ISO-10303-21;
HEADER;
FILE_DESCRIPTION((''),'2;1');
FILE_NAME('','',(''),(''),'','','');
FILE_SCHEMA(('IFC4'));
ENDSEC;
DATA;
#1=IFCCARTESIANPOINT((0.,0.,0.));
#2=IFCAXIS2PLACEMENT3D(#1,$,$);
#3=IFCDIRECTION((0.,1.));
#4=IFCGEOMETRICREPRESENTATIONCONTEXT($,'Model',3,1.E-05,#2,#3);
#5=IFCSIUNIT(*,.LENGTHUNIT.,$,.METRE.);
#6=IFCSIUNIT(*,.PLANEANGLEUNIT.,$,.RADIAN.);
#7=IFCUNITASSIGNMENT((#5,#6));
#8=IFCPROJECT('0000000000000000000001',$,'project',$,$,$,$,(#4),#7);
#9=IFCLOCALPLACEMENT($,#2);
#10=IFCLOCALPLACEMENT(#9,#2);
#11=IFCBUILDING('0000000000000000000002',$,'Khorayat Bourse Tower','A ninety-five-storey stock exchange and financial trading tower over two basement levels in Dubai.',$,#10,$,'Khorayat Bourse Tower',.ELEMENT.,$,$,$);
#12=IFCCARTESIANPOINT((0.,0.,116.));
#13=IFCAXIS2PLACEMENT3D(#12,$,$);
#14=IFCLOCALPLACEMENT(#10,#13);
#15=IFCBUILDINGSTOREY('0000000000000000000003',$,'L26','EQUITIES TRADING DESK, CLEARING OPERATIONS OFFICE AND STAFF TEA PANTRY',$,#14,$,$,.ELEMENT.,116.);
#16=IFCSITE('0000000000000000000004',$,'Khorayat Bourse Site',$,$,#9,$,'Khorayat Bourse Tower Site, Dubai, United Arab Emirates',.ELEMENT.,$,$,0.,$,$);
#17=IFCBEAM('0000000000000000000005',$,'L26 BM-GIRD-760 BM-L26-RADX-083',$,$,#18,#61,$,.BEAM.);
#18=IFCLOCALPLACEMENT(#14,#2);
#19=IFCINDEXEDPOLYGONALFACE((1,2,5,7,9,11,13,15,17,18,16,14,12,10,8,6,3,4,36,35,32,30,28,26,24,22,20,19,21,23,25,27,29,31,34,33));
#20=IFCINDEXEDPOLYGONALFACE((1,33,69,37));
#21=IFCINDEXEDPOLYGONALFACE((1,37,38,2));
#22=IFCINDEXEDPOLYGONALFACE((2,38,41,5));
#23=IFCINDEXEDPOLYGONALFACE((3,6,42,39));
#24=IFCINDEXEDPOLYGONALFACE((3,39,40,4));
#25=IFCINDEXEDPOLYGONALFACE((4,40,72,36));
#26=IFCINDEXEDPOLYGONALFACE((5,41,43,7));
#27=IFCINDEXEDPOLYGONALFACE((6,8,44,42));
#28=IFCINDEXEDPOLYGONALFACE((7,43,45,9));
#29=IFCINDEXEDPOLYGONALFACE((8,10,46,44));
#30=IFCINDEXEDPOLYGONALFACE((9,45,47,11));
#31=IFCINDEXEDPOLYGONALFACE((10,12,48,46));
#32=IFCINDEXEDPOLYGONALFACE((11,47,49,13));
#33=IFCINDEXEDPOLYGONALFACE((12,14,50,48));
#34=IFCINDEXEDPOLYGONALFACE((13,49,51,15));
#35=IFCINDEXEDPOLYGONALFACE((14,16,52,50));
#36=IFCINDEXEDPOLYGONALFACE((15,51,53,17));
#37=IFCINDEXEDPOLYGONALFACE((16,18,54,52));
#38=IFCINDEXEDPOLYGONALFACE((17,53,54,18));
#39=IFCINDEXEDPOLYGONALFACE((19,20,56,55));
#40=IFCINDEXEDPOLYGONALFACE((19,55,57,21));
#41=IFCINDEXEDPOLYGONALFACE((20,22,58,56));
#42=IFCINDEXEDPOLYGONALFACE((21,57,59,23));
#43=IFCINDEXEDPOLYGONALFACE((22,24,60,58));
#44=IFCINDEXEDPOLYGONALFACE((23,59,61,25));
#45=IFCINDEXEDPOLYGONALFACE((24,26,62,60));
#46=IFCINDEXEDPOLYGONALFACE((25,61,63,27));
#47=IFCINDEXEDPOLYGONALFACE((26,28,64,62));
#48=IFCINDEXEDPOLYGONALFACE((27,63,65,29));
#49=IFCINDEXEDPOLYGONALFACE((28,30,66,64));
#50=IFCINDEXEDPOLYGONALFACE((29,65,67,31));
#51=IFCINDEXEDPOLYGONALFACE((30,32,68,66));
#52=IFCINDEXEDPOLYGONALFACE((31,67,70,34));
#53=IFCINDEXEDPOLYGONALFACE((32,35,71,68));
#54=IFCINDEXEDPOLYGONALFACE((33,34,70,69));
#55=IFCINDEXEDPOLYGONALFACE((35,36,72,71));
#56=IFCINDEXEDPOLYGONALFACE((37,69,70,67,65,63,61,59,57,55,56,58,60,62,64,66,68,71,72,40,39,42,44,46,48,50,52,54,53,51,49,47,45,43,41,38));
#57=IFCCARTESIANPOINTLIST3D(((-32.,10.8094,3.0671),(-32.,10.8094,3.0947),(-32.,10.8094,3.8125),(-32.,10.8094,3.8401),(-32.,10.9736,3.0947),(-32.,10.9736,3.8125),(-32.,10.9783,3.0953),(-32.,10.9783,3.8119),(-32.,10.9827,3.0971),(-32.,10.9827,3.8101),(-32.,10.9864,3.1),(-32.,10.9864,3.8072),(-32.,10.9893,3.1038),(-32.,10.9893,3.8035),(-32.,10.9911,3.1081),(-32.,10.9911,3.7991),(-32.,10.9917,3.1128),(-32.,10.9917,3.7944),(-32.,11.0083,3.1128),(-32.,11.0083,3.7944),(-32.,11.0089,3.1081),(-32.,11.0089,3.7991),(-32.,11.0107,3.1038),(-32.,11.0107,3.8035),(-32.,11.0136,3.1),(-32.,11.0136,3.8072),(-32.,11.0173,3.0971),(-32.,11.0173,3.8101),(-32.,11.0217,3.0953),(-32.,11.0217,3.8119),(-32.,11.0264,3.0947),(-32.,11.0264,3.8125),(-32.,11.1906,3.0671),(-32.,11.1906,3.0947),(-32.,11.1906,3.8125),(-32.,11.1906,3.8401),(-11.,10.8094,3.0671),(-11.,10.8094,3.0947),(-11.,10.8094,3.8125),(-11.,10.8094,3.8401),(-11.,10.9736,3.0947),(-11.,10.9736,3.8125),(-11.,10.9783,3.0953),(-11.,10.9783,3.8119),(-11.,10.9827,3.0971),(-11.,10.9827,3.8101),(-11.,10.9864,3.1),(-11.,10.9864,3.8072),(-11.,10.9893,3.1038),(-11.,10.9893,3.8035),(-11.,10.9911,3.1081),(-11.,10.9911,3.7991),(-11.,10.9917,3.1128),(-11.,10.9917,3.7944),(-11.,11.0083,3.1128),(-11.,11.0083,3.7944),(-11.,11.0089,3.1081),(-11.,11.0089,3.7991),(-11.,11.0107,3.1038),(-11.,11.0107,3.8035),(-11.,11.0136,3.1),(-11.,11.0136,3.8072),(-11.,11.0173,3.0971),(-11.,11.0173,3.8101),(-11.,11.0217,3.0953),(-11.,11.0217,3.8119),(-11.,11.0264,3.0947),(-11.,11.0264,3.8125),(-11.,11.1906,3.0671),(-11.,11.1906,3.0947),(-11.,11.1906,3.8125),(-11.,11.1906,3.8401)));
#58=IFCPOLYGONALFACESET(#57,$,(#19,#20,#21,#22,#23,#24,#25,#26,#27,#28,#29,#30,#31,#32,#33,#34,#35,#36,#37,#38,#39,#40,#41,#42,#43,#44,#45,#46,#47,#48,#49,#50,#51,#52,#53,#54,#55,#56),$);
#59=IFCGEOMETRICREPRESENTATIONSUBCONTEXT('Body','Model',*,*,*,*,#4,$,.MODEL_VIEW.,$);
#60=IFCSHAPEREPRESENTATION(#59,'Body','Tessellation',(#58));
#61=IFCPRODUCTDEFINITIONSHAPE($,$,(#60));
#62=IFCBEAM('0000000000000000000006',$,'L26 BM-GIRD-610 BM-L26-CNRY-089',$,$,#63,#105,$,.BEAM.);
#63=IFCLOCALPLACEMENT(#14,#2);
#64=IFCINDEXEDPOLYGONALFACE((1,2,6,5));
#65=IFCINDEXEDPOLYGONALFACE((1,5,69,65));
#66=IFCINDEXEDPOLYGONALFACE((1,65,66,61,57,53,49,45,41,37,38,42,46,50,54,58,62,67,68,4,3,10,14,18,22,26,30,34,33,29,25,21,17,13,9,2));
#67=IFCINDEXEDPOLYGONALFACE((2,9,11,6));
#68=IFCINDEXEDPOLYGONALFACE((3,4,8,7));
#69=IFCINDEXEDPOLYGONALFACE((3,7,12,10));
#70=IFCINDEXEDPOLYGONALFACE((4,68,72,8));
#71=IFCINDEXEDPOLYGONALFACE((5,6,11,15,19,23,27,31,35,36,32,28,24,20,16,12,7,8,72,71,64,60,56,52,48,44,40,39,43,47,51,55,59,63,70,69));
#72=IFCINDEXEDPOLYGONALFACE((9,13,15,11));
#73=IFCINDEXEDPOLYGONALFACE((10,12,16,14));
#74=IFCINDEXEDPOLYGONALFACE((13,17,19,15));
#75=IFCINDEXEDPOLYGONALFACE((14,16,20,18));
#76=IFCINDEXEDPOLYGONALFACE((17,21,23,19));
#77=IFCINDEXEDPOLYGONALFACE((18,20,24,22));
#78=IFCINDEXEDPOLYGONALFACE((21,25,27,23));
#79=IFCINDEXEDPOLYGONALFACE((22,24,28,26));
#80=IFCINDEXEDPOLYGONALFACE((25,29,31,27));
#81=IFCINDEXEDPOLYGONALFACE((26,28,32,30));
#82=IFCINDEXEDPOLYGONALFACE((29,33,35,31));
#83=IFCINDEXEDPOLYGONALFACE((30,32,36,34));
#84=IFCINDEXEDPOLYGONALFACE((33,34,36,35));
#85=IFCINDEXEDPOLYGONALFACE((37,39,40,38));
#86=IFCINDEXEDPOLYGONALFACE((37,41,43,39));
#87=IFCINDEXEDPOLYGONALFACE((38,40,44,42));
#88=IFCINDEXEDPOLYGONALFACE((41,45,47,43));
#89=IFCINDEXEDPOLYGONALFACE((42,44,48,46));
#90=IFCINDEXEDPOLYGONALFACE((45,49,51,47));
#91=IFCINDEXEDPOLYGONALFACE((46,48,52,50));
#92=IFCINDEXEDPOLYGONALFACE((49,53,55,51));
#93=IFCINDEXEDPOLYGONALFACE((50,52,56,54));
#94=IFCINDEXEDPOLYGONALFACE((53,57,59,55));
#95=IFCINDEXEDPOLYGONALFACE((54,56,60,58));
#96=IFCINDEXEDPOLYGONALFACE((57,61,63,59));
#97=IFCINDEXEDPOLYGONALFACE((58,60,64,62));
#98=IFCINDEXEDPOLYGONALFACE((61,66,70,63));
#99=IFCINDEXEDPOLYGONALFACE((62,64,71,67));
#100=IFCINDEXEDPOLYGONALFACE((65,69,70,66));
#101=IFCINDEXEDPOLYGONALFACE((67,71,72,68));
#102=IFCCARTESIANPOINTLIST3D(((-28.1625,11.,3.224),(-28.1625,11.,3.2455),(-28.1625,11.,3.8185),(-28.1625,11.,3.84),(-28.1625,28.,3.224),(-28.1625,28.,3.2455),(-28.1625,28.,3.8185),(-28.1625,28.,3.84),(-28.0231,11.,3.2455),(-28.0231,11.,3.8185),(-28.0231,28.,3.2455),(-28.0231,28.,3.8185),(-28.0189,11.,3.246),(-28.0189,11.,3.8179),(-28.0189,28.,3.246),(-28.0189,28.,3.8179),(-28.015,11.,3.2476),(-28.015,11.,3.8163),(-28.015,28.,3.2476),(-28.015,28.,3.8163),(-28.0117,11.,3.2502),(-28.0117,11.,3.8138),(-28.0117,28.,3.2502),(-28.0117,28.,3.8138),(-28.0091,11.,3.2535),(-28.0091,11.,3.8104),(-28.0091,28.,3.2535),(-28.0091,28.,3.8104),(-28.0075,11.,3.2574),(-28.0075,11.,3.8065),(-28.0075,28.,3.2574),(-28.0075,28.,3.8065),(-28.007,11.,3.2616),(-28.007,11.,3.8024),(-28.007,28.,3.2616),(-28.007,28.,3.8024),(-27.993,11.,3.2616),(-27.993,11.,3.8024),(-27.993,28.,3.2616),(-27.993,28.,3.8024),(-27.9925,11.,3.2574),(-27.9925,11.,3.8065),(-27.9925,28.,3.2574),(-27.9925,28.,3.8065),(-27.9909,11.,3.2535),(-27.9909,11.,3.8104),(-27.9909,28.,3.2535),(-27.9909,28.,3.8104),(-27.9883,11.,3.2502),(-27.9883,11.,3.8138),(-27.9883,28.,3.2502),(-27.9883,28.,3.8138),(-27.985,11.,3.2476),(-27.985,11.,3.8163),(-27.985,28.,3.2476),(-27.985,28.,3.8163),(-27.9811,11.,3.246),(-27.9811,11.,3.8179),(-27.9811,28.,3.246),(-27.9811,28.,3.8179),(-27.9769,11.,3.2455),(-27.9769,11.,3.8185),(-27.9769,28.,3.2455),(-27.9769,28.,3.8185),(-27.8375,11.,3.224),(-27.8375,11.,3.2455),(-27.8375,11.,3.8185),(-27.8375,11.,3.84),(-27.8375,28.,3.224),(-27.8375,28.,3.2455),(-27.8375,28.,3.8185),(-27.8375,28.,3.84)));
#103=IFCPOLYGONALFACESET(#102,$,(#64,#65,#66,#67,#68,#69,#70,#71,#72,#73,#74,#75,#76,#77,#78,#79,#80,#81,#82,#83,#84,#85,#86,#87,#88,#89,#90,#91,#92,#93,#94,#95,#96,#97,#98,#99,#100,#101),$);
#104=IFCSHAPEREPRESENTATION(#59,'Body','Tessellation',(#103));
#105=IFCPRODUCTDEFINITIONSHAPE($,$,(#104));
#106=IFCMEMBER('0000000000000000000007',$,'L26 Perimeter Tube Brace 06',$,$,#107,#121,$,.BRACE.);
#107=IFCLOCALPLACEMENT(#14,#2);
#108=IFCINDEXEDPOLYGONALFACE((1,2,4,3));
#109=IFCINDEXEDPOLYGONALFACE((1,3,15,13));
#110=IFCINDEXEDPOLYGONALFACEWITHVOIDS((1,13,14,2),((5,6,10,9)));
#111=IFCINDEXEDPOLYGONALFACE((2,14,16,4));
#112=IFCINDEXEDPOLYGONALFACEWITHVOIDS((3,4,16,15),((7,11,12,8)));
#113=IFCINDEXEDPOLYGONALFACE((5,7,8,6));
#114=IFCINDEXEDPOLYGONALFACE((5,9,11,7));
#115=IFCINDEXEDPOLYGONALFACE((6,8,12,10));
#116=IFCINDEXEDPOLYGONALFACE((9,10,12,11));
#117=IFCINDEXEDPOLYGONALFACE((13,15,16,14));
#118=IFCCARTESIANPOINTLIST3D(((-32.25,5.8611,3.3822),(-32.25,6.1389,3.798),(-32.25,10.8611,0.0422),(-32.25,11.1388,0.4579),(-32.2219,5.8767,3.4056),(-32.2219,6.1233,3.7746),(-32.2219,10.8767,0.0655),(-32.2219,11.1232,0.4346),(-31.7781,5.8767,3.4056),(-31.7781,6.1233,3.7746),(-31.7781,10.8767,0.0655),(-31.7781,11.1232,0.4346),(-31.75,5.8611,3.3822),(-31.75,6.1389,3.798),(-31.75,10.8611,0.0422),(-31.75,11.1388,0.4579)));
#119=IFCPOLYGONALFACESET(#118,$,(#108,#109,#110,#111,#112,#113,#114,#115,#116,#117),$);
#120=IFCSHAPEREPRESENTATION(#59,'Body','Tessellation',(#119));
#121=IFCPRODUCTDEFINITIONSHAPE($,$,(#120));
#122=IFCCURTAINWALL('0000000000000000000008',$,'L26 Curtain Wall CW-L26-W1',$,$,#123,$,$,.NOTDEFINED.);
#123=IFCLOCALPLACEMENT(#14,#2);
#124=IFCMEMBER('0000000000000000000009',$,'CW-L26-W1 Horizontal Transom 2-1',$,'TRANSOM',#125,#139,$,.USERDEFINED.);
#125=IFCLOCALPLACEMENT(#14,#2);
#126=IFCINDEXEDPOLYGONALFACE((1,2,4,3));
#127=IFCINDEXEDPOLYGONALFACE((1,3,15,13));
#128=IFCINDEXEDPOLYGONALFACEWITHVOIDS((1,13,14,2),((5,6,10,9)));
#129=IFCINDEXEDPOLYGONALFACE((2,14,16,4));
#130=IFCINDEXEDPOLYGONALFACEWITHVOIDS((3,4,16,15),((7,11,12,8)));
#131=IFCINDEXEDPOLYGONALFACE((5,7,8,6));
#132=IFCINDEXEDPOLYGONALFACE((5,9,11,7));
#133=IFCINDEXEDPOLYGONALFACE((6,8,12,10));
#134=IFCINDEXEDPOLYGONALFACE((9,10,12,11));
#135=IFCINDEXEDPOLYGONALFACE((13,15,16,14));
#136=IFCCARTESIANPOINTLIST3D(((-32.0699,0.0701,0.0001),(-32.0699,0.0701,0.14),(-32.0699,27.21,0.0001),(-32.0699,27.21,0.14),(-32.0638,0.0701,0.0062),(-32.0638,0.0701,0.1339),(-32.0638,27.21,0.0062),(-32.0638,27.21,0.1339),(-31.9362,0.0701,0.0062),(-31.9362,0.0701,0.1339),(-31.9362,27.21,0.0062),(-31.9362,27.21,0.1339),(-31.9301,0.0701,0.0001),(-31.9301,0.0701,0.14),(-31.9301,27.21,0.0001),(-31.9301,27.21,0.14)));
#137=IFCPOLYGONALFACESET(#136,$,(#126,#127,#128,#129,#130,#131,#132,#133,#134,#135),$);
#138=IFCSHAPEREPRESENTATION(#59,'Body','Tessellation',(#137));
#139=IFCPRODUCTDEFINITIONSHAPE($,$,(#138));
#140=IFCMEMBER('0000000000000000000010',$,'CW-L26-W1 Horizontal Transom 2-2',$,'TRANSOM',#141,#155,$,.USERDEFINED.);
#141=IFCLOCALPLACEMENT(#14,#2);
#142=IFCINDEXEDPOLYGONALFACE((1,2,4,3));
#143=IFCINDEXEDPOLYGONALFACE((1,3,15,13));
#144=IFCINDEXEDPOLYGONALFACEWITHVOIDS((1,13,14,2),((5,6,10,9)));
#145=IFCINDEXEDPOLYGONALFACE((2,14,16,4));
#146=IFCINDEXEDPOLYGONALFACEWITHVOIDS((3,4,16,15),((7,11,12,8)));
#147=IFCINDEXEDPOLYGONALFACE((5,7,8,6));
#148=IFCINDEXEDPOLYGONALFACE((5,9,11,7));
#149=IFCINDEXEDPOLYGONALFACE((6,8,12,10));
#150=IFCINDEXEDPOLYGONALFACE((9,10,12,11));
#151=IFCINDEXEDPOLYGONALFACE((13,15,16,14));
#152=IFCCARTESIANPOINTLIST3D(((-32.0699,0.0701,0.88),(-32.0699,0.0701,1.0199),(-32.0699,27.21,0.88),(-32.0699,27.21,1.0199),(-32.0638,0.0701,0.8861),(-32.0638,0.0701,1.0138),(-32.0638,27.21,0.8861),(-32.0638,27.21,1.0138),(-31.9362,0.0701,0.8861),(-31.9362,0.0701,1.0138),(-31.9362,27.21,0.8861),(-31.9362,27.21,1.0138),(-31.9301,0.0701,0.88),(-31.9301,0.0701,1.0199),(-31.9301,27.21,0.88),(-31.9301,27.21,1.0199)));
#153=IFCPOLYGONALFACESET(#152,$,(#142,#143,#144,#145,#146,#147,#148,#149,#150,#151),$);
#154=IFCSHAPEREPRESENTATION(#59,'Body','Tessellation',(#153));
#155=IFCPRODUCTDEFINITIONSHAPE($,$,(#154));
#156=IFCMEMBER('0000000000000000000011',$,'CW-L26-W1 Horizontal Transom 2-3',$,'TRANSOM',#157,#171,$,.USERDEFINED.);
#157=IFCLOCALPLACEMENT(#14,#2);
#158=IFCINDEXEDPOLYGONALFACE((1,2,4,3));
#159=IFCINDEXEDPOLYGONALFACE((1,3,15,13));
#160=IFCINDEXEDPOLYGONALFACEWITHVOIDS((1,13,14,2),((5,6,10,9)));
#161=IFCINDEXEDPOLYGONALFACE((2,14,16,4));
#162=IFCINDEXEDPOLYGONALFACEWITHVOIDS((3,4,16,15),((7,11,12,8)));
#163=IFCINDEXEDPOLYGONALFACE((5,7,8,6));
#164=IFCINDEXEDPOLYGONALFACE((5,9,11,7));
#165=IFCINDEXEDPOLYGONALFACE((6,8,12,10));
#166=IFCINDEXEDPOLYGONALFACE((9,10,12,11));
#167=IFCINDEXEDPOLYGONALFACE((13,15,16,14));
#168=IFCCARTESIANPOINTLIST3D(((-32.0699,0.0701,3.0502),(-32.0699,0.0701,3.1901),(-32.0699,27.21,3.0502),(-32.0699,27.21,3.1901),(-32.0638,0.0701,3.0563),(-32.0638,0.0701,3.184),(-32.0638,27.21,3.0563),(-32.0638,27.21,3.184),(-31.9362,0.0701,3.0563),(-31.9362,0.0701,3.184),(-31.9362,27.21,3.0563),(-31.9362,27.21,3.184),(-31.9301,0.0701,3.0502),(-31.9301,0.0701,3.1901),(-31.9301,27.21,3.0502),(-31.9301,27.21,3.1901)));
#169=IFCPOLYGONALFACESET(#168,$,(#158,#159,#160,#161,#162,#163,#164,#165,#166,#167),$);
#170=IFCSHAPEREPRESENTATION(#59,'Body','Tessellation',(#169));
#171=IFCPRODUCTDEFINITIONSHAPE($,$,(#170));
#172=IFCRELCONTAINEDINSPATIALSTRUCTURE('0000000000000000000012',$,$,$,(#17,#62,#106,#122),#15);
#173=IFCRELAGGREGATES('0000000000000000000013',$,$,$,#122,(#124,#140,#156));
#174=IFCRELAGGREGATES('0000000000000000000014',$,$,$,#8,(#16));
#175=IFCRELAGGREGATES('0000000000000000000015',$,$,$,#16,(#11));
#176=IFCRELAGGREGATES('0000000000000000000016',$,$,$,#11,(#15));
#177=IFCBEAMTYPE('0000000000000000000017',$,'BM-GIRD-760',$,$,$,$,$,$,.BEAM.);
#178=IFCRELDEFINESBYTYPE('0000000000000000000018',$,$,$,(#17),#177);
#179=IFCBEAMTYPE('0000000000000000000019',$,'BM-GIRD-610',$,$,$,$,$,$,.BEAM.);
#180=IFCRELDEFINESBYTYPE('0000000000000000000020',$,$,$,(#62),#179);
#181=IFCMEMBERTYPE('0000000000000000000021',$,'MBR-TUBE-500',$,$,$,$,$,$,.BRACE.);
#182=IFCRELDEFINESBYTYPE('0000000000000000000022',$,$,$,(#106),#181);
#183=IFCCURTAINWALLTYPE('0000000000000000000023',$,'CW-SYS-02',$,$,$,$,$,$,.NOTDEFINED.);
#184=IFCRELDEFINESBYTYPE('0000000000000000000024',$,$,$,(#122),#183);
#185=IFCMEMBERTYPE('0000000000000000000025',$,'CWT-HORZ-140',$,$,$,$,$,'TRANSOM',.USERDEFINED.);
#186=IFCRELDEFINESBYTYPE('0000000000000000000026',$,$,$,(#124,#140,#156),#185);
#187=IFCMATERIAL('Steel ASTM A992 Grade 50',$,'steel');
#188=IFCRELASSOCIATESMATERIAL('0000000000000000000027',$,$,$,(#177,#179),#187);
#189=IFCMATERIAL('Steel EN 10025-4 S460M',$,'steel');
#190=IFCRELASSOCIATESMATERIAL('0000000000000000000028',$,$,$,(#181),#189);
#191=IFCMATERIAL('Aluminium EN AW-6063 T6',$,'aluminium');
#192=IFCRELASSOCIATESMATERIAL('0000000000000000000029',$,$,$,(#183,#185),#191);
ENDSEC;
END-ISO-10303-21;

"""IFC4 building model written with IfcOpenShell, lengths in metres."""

from ifc_helpers import new_model, si_unit, direction, frame, origin, origin_2d, place, context, subcontext, project, spatial, hollow_rectangle, i_section, extrude, source, transform, mapped, material, material_profile, profile_set, type_object, element, aggregate, save


model = new_model("IFC4")

# Units and contexts
model_context = context("Model", 3, precision=1e-05, world=origin(), true_north=direction((0.0, 1.0)))
body_context = subcontext(model_context, "Body", "Model", "MODEL_VIEW")
ifc_project = project(units=[si_unit("LENGTHUNIT", "METRE"), si_unit("PLANEANGLEUNIT", "RADIAN")], contexts=[model_context])

# Site, building, storey
site_placement = place(None, origin())
site = spatial("IfcSite", under=ifc_project, at=site_placement, Name="Khorayat Bourse Site", LongName="Khorayat Bourse Tower Site, Dubai, United Arab Emirates", CompositionType="ELEMENT", RefElevation=0.0)
building_placement = place(site_placement, origin())
building = spatial("IfcBuilding", under=site, at=building_placement, Name="Khorayat Bourse Tower", Description="A ninety-five-storey stock exchange and financial trading tower over two basement levels in Dubai.", LongName="Khorayat Bourse Tower", CompositionType="ELEMENT")
storey_placement = place(building_placement, frame((0.0, 0.0, 116.0)))
storey = spatial("IfcBuildingStorey", under=building, at=storey_placement, Name="L26", Description="EQUITIES TRADING DESK, CLEARING OPERATIONS OFFICE AND STAFF TEA PANTRY", CompositionType="ELEMENT", Elevation=116.0)

# Shared definitions
ifc_material_1 = material(Name="Steel EN 10025-4 S460M", Category="steel")

# Beams
ifc_material_2 = material(Name="Steel ASTM A992 Grade 50", Category="steel")
ifc_material_profile_1 = material_profile(ifc_material_2, i_section(OverallWidth=0.3811, OverallDepth=0.7729, WebThickness=0.0166, FlangeThickness=0.0276, FilletRadius=0.0181, at=origin_2d()), Name="W760X257")
ifc_profile_set_1 = profile_set([ifc_material_profile_1], Name="Steel ASTM A992 Grade 50")
beam_type_1 = type_object("IfcBeamType", Name="BM-GIRD-760", PredefinedType="BEAM", material=ifc_profile_set_1)
shared_shape_1 = source(origin(), body_context, "Body", "SweptSolid", [
    extrude(i_section(OverallWidth=0.3811, OverallDepth=0.7729, WebThickness=0.0166, FlangeThickness=0.0276, FilletRadius=0.0181, at=origin_2d()), origin(), (0.0, 0.0, 1.0), 21.0),
])
for number, where, z_axis, x_axis, name in (
    (1, (-32.0, 11.0, 3.4536), (1.0, 0.0, 0.0), (0.0, 1.0, 0.0), "L26 BM-GIRD-760 BM-L26-RADX-083"),
):
    element("IfcBeam", number, at=place(storey_placement, frame(where, z_axis=z_axis, x_axis=x_axis)), inside=storey, type_object=beam_type_1, Name=name, PredefinedType="BEAM", context=body_context, shape_type="MappedRepresentation", body=[
        mapped(shared_shape_1, transform((0.0, 0.0, 0.0), scale=1.0)),
    ])
ifc_material_profile_2 = material_profile(ifc_material_2, i_section(OverallWidth=0.325, OverallDepth=0.616, WebThickness=0.0139, FlangeThickness=0.0215, FilletRadius=0.0161, at=origin_2d()), Name="W610X174")
ifc_profile_set_2 = profile_set([ifc_material_profile_2], Name="Steel ASTM A992 Grade 50")
beam_type_2 = type_object("IfcBeamType", Name="BM-GIRD-610", PredefinedType="BEAM", material=ifc_profile_set_2)
shared_shape_2 = source(origin(), body_context, "Body", "SweptSolid", [
    extrude(i_section(OverallWidth=0.325, OverallDepth=0.616, WebThickness=0.0139, FlangeThickness=0.0215, FilletRadius=0.0161, at=origin_2d()), origin(), (0.0, 0.0, 1.0), 17.0),
])
beam_1_placement = place(storey_placement, frame((-28.0, 11.0, 3.532), z_axis=(0.0, 1.0, 0.0), x_axis=(-1.0, 0.0, 0.0)))
element("IfcBeam", 2, at=beam_1_placement, inside=storey, type_object=beam_type_2, Name="L26 BM-GIRD-610 BM-L26-CNRY-089", PredefinedType="BEAM", context=body_context, shape_type="MappedRepresentation", body=[
    mapped(shared_shape_2, transform((0.0, 0.0, 0.0), scale=1.0)),
])

# Member
ifc_material_profile_3 = material_profile(ifc_material_1, hollow_rectangle(XDim=0.5, YDim=0.5, WallThickness=0.0281, at=origin_2d()), Name="HSS 500x500x28")
ifc_profile_set_3 = profile_set([ifc_material_profile_3], Name="Steel EN 10025-4 S460M")
member_type_1 = type_object("IfcMemberType", Name="MBR-TUBE-500", PredefinedType="BRACE", material=ifc_profile_set_3)
shared_shape_3 = source(origin(), body_context, "Body", "SweptSolid", [
    extrude(hollow_rectangle(XDim=0.5, YDim=0.5, WallThickness=0.0281, at=origin_2d()), origin(), (0.0, 0.0, 1.0), 6.0129),
])
member_1_placement = place(storey_placement, frame((-32.0, 6.0, 3.5901), z_axis=(0.0, 0.831531, -0.555478), x_axis=(-1.0, 0.0, 0.0)))
element("IfcMember", 3, at=member_1_placement, inside=storey, type_object=member_type_1, Name="L26 Perimeter Tube Brace 06", PredefinedType="BRACE", context=body_context, shape_type="MappedRepresentation", body=[
    mapped(shared_shape_3, transform((0.0, 0.0, 0.0), scale=1.0)),
])

# Curtain wall, members
ifc_material_3 = material(Name="Aluminium EN AW-6063 T6", Category="aluminium")
curtain_wall_type = type_object("IfcCurtainWallType", Name="CW-SYS-02", PredefinedType="NOTDEFINED", material=ifc_material_3)
curtain_wall_placement = place(storey_placement, origin())
curtain_wall = element("IfcCurtainWall", 4, at=curtain_wall_placement, inside=storey, type_object=curtain_wall_type, Name="L26 Curtain Wall CW-L26-W1", PredefinedType="NOTDEFINED")
ifc_material_profile_4 = material_profile(ifc_material_3, hollow_rectangle(XDim=0.1399, YDim=0.1399, WallThickness=0.0061, at=origin_2d()), Name="ALU 140x140x6")
ifc_profile_set_4 = profile_set([ifc_material_profile_4], Name="Aluminium EN AW-6063 T6")
member_type_2 = type_object("IfcMemberType", Name="CWT-HORZ-140", ElementType="TRANSOM", PredefinedType="USERDEFINED", material=ifc_profile_set_4)
shared_shape_4 = source(origin(), body_context, "Body", "SweptSolid", [
    extrude(hollow_rectangle(XDim=0.1399, YDim=0.1399, WallThickness=0.0061, at=origin_2d()), origin(), (0.0, 0.0, 1.0), 27.1399),
])
member_2_placement = place(storey_placement, frame((-32.0, 0.0701, 0.0701), z_axis=(0.0, 1.0, 0.0), x_axis=(-1.0, 0.0, 0.0)))
member_2 = element("IfcMember", 5, at=member_2_placement, type_object=member_type_2, Name="CW-L26-W1 Horizontal Transom 2-1", ObjectType="TRANSOM", PredefinedType="USERDEFINED", context=body_context, shape_type="MappedRepresentation", body=[
    mapped(shared_shape_4, transform((0.0, 0.0, 0.0), scale=1.0)),
])
member_3_placement = place(storey_placement, frame((-32.0, 0.0701, 0.95), z_axis=(0.0, 1.0, 0.0), x_axis=(-1.0, 0.0, 0.0)))
member_3 = element("IfcMember", 6, at=member_3_placement, type_object=member_type_2, Name="CW-L26-W1 Horizontal Transom 2-2", ObjectType="TRANSOM", PredefinedType="USERDEFINED", context=body_context, shape_type="MappedRepresentation", body=[
    mapped(shared_shape_4, transform((0.0, 0.0, 0.0), scale=1.0)),
])
member_4_placement = place(storey_placement, frame((-32.0, 0.0701, 3.1201), z_axis=(0.0, 1.0, 0.0), x_axis=(-1.0, 0.0, 0.0)))
member_4 = element("IfcMember", 7, at=member_4_placement, type_object=member_type_2, Name="CW-L26-W1 Horizontal Transom 2-3", ObjectType="TRANSOM", PredefinedType="USERDEFINED", context=body_context, shape_type="MappedRepresentation", body=[
    mapped(shared_shape_4, transform((0.0, 0.0, 0.0), scale=1.0)),
])
aggregate(curtain_wall, [member_2, member_3, member_4])

save(model, "model.ifc")
